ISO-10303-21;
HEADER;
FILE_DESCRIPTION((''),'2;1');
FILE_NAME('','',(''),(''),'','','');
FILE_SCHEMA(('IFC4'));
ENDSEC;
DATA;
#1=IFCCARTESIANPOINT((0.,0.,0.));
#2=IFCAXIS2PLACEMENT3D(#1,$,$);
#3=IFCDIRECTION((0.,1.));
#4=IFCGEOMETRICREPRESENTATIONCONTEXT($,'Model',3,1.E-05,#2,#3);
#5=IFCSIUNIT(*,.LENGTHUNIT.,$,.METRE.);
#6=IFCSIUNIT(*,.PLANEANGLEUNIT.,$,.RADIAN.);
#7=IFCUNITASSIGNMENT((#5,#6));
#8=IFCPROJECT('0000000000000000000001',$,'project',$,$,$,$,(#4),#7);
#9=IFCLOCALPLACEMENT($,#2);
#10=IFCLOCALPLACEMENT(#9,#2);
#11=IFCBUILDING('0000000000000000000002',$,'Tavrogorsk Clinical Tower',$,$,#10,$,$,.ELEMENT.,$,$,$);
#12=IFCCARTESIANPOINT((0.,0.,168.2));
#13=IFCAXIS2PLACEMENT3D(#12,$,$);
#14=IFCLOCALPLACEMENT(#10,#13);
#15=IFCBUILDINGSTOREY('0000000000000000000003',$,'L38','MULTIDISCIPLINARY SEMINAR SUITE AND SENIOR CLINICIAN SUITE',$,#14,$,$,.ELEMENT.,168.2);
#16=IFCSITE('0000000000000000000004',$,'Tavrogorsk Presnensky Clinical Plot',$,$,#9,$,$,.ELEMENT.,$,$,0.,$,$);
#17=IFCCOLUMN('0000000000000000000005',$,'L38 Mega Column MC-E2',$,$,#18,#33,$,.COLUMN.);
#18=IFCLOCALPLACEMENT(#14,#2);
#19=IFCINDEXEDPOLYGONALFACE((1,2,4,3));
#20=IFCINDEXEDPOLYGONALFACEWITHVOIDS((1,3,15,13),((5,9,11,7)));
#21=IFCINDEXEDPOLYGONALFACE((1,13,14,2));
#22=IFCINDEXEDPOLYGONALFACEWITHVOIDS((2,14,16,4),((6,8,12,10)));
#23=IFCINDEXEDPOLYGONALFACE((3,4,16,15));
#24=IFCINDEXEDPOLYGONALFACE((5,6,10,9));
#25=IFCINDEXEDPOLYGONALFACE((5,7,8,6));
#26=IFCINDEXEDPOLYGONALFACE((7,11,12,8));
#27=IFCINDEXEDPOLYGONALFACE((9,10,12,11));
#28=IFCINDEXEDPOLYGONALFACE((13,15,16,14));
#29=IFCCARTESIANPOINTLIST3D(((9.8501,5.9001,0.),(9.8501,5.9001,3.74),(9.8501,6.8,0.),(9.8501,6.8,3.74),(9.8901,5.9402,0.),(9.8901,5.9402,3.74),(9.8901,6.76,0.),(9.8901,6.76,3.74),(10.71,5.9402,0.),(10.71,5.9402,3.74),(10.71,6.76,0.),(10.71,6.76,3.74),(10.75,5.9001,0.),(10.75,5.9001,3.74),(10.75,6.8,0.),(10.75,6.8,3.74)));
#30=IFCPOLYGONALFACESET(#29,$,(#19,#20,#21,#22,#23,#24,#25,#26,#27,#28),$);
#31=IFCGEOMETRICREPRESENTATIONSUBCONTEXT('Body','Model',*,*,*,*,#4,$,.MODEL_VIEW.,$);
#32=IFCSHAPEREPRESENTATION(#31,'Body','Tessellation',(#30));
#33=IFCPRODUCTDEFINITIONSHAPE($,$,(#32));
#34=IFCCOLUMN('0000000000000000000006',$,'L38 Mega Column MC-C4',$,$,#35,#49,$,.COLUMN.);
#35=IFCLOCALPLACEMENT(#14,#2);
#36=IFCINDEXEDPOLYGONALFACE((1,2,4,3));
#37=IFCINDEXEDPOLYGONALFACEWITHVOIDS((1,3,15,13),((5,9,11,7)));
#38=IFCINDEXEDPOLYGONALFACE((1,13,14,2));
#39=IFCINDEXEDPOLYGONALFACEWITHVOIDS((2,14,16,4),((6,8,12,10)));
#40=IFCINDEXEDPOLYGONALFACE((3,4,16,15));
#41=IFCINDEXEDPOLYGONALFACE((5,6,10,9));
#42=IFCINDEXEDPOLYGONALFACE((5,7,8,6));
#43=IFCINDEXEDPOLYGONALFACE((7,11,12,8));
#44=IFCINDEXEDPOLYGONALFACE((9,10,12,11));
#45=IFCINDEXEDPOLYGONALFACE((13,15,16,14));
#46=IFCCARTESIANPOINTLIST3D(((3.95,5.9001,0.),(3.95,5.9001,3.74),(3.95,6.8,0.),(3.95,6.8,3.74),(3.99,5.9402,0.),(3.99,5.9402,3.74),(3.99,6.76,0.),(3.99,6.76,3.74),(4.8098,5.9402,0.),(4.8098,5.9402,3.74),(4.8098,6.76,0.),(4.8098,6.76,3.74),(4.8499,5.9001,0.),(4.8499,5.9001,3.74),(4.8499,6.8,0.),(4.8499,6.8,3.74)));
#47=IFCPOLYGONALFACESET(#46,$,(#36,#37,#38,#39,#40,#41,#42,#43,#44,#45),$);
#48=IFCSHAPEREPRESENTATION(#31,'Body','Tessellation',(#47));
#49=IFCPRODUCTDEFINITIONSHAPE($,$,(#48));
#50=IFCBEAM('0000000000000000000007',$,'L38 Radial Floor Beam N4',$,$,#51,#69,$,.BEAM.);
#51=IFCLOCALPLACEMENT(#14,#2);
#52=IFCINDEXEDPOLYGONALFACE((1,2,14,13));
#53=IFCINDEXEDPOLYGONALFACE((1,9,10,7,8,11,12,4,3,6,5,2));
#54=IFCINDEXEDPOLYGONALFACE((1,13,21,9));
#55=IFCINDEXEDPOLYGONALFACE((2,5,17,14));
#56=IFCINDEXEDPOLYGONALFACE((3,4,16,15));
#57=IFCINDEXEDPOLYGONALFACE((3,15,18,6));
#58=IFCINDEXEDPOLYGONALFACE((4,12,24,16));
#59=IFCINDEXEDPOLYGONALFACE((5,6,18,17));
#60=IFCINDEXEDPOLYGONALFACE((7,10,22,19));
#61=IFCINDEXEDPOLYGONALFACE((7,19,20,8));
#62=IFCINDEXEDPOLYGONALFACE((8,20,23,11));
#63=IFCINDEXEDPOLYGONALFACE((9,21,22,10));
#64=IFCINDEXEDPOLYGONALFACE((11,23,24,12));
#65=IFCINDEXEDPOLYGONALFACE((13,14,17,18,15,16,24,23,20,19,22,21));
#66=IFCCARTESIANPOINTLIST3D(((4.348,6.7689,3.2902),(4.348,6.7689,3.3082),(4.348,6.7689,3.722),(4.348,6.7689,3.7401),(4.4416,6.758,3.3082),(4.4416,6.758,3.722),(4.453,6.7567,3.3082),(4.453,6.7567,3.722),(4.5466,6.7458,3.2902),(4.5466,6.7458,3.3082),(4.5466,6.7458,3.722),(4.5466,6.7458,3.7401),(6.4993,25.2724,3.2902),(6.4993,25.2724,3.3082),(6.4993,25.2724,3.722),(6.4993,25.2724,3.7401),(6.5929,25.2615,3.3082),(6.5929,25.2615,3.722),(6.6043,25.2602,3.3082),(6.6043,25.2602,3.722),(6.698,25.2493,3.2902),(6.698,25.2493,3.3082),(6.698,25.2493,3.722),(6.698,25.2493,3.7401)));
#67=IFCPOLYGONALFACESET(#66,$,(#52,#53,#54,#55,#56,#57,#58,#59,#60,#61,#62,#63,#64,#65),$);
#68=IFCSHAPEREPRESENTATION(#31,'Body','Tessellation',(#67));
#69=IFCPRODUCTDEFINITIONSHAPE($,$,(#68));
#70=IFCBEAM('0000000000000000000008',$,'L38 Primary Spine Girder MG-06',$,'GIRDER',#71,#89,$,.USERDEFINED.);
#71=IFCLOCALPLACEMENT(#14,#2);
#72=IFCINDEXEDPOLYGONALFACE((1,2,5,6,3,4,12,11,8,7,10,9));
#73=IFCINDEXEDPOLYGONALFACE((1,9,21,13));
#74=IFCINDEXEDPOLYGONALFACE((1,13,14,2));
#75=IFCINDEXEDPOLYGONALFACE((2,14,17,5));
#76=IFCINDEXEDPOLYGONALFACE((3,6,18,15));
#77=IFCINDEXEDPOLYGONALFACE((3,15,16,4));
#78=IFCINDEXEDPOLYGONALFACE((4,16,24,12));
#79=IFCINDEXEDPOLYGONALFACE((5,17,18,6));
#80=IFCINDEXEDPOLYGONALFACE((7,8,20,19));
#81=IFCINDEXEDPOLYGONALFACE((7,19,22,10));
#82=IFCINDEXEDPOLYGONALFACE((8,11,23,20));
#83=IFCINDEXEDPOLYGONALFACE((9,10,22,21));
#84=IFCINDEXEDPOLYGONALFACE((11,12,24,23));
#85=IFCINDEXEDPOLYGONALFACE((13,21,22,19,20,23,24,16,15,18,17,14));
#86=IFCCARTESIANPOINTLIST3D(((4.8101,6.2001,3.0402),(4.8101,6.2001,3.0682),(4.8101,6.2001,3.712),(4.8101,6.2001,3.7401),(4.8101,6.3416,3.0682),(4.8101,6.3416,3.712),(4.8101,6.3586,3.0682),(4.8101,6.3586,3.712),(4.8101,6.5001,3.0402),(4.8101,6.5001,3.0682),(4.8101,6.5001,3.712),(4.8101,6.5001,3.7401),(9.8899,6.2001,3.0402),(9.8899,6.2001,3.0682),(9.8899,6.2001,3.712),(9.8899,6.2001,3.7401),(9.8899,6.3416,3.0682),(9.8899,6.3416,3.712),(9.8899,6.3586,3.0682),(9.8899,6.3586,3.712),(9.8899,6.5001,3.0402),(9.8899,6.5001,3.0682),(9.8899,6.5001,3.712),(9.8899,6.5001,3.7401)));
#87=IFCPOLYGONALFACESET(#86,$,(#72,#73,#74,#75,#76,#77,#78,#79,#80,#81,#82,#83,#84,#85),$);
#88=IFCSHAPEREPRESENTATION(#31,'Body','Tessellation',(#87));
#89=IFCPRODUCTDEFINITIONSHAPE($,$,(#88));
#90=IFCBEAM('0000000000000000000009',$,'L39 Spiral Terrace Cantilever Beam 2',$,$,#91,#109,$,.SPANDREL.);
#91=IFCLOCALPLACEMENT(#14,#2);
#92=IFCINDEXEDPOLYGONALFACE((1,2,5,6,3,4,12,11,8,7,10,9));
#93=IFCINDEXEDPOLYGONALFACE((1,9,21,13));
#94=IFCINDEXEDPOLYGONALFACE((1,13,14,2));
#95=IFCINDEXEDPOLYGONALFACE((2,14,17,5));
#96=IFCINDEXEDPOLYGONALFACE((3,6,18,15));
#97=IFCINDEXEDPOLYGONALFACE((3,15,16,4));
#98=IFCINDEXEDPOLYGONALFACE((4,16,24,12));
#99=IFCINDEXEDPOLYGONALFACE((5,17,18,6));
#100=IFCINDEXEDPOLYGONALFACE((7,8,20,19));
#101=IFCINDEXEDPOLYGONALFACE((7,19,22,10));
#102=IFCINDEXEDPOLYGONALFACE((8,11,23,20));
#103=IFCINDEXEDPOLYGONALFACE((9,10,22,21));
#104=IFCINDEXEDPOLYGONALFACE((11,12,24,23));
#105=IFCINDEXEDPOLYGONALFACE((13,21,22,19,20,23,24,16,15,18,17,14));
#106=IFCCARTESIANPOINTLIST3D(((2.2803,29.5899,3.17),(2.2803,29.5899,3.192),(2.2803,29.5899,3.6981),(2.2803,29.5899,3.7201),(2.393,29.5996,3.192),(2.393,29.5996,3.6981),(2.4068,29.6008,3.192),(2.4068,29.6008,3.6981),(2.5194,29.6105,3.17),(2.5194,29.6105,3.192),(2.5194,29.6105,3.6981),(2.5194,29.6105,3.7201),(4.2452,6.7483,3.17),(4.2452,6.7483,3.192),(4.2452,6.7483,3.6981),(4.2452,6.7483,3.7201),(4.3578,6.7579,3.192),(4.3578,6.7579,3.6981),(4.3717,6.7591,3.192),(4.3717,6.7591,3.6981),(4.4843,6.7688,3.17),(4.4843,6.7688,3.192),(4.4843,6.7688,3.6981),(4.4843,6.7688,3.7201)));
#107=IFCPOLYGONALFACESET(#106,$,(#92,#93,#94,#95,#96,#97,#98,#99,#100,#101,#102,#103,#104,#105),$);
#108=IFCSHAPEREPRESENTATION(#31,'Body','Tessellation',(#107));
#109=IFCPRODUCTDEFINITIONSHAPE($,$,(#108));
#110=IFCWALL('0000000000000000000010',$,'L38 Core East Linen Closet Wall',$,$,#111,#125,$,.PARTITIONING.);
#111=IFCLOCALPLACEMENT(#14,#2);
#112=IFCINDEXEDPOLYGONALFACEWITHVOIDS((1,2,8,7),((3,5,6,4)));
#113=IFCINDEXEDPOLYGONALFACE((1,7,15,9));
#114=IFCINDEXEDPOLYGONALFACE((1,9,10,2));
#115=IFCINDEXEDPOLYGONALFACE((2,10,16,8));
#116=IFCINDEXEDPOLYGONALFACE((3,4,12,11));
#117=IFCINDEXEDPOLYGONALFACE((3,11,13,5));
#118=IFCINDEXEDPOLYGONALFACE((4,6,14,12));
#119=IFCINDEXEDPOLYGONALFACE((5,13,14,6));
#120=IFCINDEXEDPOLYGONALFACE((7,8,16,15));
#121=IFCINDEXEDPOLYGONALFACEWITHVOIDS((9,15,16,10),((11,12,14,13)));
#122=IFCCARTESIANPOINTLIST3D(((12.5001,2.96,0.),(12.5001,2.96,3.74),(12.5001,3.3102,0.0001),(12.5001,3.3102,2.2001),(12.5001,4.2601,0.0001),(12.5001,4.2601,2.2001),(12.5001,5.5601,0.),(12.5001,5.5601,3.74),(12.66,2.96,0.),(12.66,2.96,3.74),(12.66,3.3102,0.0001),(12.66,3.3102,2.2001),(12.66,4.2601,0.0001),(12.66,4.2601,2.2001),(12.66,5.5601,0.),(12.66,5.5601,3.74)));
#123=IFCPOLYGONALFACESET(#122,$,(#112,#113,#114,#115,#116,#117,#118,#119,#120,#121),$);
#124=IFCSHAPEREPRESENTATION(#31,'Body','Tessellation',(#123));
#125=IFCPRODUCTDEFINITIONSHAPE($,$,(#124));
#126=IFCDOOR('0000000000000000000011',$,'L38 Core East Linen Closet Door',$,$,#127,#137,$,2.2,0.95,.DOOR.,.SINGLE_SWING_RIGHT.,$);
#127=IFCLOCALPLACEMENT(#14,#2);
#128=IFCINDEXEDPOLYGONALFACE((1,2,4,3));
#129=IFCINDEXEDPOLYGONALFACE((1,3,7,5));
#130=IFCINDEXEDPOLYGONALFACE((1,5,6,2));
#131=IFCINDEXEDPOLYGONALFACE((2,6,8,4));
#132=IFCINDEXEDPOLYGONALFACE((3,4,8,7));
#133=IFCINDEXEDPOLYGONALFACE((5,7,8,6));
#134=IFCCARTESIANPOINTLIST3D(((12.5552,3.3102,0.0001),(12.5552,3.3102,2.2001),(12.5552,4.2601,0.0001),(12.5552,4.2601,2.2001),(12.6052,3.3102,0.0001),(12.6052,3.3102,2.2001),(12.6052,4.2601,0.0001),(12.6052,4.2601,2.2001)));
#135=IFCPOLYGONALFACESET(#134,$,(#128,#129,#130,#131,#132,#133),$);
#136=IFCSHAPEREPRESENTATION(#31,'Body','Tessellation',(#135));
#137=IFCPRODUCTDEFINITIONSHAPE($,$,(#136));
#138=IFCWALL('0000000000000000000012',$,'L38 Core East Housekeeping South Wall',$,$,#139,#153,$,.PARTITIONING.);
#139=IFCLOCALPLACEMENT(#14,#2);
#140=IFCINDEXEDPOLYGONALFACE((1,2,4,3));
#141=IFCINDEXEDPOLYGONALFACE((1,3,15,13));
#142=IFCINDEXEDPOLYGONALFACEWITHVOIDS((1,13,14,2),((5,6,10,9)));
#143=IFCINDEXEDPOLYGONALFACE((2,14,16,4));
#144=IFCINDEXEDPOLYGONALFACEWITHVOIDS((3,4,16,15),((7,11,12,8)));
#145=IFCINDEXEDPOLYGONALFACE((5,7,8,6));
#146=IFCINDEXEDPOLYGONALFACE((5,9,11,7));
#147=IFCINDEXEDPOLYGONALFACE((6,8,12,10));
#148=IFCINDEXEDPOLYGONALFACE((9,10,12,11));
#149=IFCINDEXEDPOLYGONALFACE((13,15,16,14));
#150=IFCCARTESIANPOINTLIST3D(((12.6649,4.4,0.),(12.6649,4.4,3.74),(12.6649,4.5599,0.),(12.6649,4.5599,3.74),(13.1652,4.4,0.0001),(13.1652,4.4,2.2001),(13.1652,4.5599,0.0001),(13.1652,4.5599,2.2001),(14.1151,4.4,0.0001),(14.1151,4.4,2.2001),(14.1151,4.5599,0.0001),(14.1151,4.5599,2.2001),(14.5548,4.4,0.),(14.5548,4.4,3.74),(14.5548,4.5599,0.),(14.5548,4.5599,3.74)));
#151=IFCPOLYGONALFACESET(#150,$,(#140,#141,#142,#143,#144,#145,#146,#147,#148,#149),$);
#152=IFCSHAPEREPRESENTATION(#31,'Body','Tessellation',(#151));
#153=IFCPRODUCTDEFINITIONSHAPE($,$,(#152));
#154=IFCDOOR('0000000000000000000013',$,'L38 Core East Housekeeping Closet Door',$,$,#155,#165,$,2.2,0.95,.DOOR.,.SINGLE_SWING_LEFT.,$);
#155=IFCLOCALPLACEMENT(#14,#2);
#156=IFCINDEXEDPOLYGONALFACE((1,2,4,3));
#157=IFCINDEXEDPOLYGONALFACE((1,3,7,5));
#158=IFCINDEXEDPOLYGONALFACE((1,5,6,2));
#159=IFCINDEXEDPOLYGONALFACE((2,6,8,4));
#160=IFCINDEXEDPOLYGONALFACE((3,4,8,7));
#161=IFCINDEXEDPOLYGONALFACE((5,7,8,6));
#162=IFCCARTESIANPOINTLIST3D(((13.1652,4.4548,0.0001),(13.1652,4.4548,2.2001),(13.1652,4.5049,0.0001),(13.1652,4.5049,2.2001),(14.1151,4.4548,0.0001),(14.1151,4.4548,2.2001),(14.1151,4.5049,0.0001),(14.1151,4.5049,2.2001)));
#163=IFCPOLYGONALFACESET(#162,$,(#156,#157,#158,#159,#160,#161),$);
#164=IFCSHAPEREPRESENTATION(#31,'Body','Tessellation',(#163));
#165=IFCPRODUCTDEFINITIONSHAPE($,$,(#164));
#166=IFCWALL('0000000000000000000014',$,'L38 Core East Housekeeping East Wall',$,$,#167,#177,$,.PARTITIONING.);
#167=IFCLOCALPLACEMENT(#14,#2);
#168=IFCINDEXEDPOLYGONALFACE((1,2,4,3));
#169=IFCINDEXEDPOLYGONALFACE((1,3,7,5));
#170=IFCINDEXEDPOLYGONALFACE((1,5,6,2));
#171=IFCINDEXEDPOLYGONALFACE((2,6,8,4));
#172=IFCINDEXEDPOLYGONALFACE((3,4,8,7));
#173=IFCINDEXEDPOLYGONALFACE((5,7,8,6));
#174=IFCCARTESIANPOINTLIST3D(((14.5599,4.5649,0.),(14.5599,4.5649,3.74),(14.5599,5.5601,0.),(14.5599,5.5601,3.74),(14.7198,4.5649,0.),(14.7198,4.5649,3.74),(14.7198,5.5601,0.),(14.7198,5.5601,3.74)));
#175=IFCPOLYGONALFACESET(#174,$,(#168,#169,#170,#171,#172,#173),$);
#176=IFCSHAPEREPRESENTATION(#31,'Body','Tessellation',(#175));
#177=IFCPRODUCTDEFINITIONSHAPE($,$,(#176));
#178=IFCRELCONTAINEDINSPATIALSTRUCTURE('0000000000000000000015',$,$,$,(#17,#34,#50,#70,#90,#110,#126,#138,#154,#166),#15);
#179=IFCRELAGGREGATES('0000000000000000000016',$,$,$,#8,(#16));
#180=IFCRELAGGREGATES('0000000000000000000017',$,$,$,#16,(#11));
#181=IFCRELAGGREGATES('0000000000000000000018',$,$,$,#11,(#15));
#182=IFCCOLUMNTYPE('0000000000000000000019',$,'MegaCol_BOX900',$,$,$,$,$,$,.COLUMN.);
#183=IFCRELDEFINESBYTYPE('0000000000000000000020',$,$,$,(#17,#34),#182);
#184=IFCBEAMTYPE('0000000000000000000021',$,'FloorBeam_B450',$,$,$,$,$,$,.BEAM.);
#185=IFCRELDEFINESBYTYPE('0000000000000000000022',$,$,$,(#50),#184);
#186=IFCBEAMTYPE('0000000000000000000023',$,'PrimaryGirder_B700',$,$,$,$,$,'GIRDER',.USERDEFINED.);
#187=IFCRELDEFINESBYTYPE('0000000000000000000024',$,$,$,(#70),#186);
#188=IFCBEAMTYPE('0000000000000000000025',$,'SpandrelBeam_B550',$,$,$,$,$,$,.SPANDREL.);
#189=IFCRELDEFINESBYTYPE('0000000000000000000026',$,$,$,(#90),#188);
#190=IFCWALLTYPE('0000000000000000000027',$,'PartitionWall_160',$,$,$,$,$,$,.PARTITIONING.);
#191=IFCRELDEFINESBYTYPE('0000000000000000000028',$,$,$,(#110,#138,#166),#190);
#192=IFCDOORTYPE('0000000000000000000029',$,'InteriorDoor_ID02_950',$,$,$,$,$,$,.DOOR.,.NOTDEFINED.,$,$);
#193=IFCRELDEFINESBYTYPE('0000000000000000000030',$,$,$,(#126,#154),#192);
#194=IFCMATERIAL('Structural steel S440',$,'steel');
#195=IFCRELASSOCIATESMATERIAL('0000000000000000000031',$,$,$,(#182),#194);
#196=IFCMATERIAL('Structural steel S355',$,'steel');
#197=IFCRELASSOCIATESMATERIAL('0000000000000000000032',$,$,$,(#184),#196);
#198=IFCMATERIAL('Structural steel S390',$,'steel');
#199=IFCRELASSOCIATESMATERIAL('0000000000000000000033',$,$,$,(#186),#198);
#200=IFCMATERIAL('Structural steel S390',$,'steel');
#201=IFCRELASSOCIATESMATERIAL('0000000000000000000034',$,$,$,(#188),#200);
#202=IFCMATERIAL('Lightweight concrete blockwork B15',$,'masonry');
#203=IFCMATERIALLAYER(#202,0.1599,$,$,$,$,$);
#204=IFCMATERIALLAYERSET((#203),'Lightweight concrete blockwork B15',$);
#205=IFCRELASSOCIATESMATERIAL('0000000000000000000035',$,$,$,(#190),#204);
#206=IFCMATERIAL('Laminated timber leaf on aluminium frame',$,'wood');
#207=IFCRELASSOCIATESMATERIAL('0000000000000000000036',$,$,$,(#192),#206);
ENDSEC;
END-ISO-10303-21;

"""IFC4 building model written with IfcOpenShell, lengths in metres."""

from ifc_helpers import new_model, si_unit, direction, frame, frame_2d, origin, origin_2d, place, context, subcontext, project, spatial, rectangle, hollow_rectangle, i_section, extrude, material, layer, layer_set, material_profile, profile_set, type_object, element, fill, save


model = new_model("IFC4")

# Units and contexts
model_context = context("Model", 3, precision=1e-05, world=origin(), true_north=direction((0.0, 1.0)))
body_context = subcontext(model_context, "Body", "Model", "MODEL_VIEW")
ifc_project = project(units=[si_unit("LENGTHUNIT", "METRE"), si_unit("PLANEANGLEUNIT", "RADIAN")], contexts=[model_context])

# Site, building, storey
site_placement = place(None, origin())
site = spatial("IfcSite", under=ifc_project, at=site_placement, Name="Tavrogorsk Presnensky Clinical Plot", CompositionType="ELEMENT", RefElevation=0.0)
building_placement = place(site_placement, origin())
building = spatial("IfcBuilding", under=site, at=building_placement, Name="Tavrogorsk Clinical Tower", CompositionType="ELEMENT")
storey_placement = place(building_placement, frame((0.0, 0.0, 168.2)))
storey = spatial("IfcBuildingStorey", under=building, at=storey_placement, Name="L38", Description="MULTIDISCIPLINARY SEMINAR SUITE AND SENIOR CLINICIAN SUITE", CompositionType="ELEMENT", Elevation=168.2)

# Columns
ifc_material_1 = material(Name="Structural steel S440", Category="steel")
ifc_material_profile_1 = material_profile(ifc_material_1, hollow_rectangle(XDim=0.8999, YDim=0.8999, WallThickness=0.04, at=origin_2d()), Name="BOX-900x900x40")
ifc_profile_set_1 = profile_set([ifc_material_profile_1], Name="Structural steel S440")
column_type = type_object("IfcColumnType", Name="MegaCol_BOX900", PredefinedType="COLUMN", material=ifc_profile_set_1)
for number, where, z_axis, x_axis, name in (
    (1, (10.3, 6.3501, 0.0), (0.0, 0.0, 1.0), (1.0, 0.0, 0.0), "L38 Mega Column MC-E2"),
    (2, (4.3999, 6.3501, 0.0), (0.0, 0.0, 1.0), (1.0, 0.0, 0.0), "L38 Mega Column MC-C4"),
):
    element("IfcColumn", number, at=place(storey_placement, frame(where, z_axis=z_axis, x_axis=x_axis)), inside=storey, type_object=column_type, Name=name, PredefinedType="COLUMN", context=body_context, shape_type="SweptSolid", body=[
        extrude(hollow_rectangle(XDim=0.8999, YDim=0.8999, WallThickness=0.04, at=origin_2d()), origin(), (0.0, 0.0, 1.0), 3.74),
    ])

# Beams
ifc_material_2 = material(Name="Structural steel S355", Category="steel")
ifc_material_profile_2 = material_profile(ifc_material_2, i_section(OverallWidth=0.2, OverallDepth=0.45, WebThickness=0.0115, FlangeThickness=0.0181, at=origin_2d()), Name="B-450x200x11.5x18")
ifc_profile_set_2 = profile_set([ifc_material_profile_2], Name="Structural steel S355")
beam_type_1 = type_object("IfcBeamType", Name="FloorBeam_B450", PredefinedType="BEAM", material=ifc_profile_set_2)
beam_1_placement = place(storey_placement, frame((4.4473, 6.7573, 3.5151), z_axis=(0.115491, 0.993309, 0.0), x_axis=(-0.993309, 0.115491, 0.0)))
element("IfcBeam", 3, at=beam_1_placement, inside=storey, type_object=beam_type_1, Name="L38 Radial Floor Beam N4", PredefinedType="BEAM", context=body_context, shape_type="SweptSolid", body=[
    extrude(i_section(OverallWidth=0.2, OverallDepth=0.45, WebThickness=0.0115, FlangeThickness=0.0181, at=origin_2d()), origin(), (0.0, 0.0, 1.0), 18.6282),
])
ifc_material_3 = material(Name="Structural steel S390", Category="steel")
ifc_material_profile_3 = material_profile(ifc_material_3, i_section(OverallWidth=0.3, OverallDepth=0.7, WebThickness=0.0171, FlangeThickness=0.0281, at=origin_2d()), Name="B-700x300x17x28")
ifc_profile_set_3 = profile_set([ifc_material_profile_3], Name="Structural steel S390")
beam_type_2 = type_object("IfcBeamType", Name="PrimaryGirder_B700", ElementType="GIRDER", PredefinedType="USERDEFINED", material=ifc_profile_set_3)
beam_2_placement = place(storey_placement, frame((4.8101, 6.3501, 3.3901), z_axis=(1.0, 0.0, 0.0), x_axis=(0.0, 1.0, 0.0)))
element("IfcBeam", 4, at=beam_2_placement, inside=storey, type_object=beam_type_2, Name="L38 Primary Spine Girder MG-06", ObjectType="GIRDER", PredefinedType="USERDEFINED", context=body_context, shape_type="SweptSolid", body=[
    extrude(i_section(OverallWidth=0.3, OverallDepth=0.7, WebThickness=0.0171, FlangeThickness=0.0281, at=origin_2d()), origin(), (0.0, 0.0, 1.0), 5.0798),
])
ifc_material_4 = material(Name="Structural steel S390", Category="steel")
ifc_material_profile_4 = material_profile(ifc_material_4, i_section(OverallWidth=0.24, OverallDepth=0.55, WebThickness=0.0139, FlangeThickness=0.022, at=origin_2d()), Name="B-550x240x14x22")
ifc_profile_set_4 = profile_set([ifc_material_profile_4], Name="Structural steel S390")
beam_type_3 = type_object("IfcBeamType", Name="SpandrelBeam_B550", PredefinedType="SPANDREL", material=ifc_profile_set_4)
beam_3_placement = place(storey_placement, frame((4.3647, 6.7585, 3.4451), z_axis=(-0.085704, 0.996321, 0.0), x_axis=(-0.996321, -0.085704, 0.0)))
element("IfcBeam", 5, at=beam_3_placement, inside=storey, type_object=beam_type_3, Name="L39 Spiral Terrace Cantilever Beam 2", PredefinedType="SPANDREL", context=body_context, shape_type="SweptSolid", body=[
    extrude(i_section(OverallWidth=0.24, OverallDepth=0.55, WebThickness=0.0139, FlangeThickness=0.022, at=origin_2d()), origin(), (0.0, 0.0, 1.0), 22.926),
])

# Walls, openings, doors
ifc_material_5 = material(Name="Lightweight concrete blockwork B15", Category="masonry")
ifc_layer_1 = layer(ifc_material_5, 0.1599)
ifc_layer_set_1 = layer_set([ifc_layer_1], Name="Lightweight concrete blockwork B15")
wall_type_1 = type_object("IfcWallType", Name="PartitionWall_160", PredefinedType="PARTITIONING", material=ifc_layer_set_1)
wall_1_placement = place(storey_placement, frame((12.5801, 2.96, 0.0), z_axis=(0.0, 0.0, 1.0), x_axis=(0.0, 1.0, 0.0)))
wall_1 = element("IfcWall", 6, at=wall_1_placement, inside=storey, type_object=wall_type_1, Name="L38 Core East Linen Closet Wall", PredefinedType="PARTITIONING", context=body_context, shape_type="SweptSolid", body=[
    extrude(rectangle(XDim=2.6001, YDim=0.1599, at=frame_2d((1.3, 0.0))), origin(), (0.0, 0.0, 1.0), 3.74),
])
opening_1_placement = place(wall_1_placement, frame((0.3501, 0.0, 0.0)))
opening_1 = element("IfcOpeningElement", 7, at=opening_1_placement, cuts=wall_1, PredefinedType="OPENING", context=body_context, shape_type="SweptSolid", body=[
    extrude(rectangle(XDim=0.95, YDim=2.2, at=frame_2d((0.4751, 1.1001))), frame((0.0, 0.0898, 0.0), z_axis=(0.0, -1.0, 0.0), x_axis=(1.0, 0.0, 0.0)), (0.0, 0.0, 1.0), 0.1799),
])
ifc_material_6 = material(Name="Laminated timber leaf on aluminium frame", Category="wood")
door_type_1 = type_object("IfcDoorType", Name="InteriorDoor_ID02_950", OperationType="NOTDEFINED", PredefinedType="DOOR", material=ifc_material_6)
door_1_placement = place(opening_1_placement, origin())
door_1 = element("IfcDoor", 8, at=door_1_placement, inside=storey, type_object=door_type_1, Name="L38 Core East Linen Closet Door", OperationType="SINGLE_SWING_RIGHT", OverallHeight=2.2, OverallWidth=0.95, PredefinedType="DOOR", context=body_context, shape_type="SweptSolid", body=[
    extrude(rectangle(XDim=0.95, YDim=2.2, at=frame_2d((0.4751, 1.1001))), frame((0.0, 0.0249, 0.0), z_axis=(0.0, -1.0, 0.0), x_axis=(1.0, 0.0, 0.0)), (0.0, 0.0, 1.0), 0.05),
])
fill(opening_1, door_1)
wall_2_placement = place(storey_placement, frame((12.665, 4.48, 0.0), z_axis=(0.0, 0.0, 1.0), x_axis=(1.0, 0.0, 0.0)))
wall_2 = element("IfcWall", 9, at=wall_2_placement, inside=storey, type_object=wall_type_1, Name="L38 Core East Housekeeping South Wall", PredefinedType="PARTITIONING", context=body_context, shape_type="SweptSolid", body=[
    extrude(rectangle(XDim=1.8899, YDim=0.1599, at=frame_2d((0.9448, 0.0))), origin(), (0.0, 0.0, 1.0), 3.74),
])
opening_2_placement = place(wall_2_placement, frame((0.5, 0.0, 0.0)))
opening_2 = element("IfcOpeningElement", 10, at=opening_2_placement, cuts=wall_2, PredefinedType="OPENING", context=body_context, shape_type="SweptSolid", body=[
    extrude(rectangle(XDim=0.95, YDim=2.2, at=frame_2d((0.4751, 1.1001))), frame((0.0, 0.0898, 0.0), z_axis=(0.0, -1.0, 0.0), x_axis=(1.0, 0.0, 0.0)), (0.0, 0.0, 1.0), 0.1799),
])
door_2_placement = place(opening_2_placement, origin())
door_2 = element("IfcDoor", 11, at=door_2_placement, inside=storey, type_object=door_type_1, Name="L38 Core East Housekeeping Closet Door", OperationType="SINGLE_SWING_LEFT", OverallHeight=2.2, OverallWidth=0.95, PredefinedType="DOOR", context=body_context, shape_type="SweptSolid", body=[
    extrude(rectangle(XDim=0.95, YDim=2.2, at=frame_2d((0.4751, 1.1001))), frame((0.0, 0.0249, 0.0), z_axis=(0.0, -1.0, 0.0), x_axis=(1.0, 0.0, 0.0)), (0.0, 0.0, 1.0), 0.05),
])
fill(opening_2, door_2)

# Wall
wall_3_placement = place(storey_placement, frame((14.6399, 4.5649, 0.0), z_axis=(0.0, 0.0, 1.0), x_axis=(0.0, 1.0, 0.0)))
element("IfcWall", 12, at=wall_3_placement, inside=storey, type_object=wall_type_1, Name="L38 Core East Housekeeping East Wall", PredefinedType="PARTITIONING", context=body_context, shape_type="SweptSolid", body=[
    extrude(rectangle(XDim=0.9951, YDim=0.1599, at=frame_2d((0.4976, 0.0))), origin(), (0.0, 0.0, 1.0), 3.74),
])

save(model, "model.ifc")
